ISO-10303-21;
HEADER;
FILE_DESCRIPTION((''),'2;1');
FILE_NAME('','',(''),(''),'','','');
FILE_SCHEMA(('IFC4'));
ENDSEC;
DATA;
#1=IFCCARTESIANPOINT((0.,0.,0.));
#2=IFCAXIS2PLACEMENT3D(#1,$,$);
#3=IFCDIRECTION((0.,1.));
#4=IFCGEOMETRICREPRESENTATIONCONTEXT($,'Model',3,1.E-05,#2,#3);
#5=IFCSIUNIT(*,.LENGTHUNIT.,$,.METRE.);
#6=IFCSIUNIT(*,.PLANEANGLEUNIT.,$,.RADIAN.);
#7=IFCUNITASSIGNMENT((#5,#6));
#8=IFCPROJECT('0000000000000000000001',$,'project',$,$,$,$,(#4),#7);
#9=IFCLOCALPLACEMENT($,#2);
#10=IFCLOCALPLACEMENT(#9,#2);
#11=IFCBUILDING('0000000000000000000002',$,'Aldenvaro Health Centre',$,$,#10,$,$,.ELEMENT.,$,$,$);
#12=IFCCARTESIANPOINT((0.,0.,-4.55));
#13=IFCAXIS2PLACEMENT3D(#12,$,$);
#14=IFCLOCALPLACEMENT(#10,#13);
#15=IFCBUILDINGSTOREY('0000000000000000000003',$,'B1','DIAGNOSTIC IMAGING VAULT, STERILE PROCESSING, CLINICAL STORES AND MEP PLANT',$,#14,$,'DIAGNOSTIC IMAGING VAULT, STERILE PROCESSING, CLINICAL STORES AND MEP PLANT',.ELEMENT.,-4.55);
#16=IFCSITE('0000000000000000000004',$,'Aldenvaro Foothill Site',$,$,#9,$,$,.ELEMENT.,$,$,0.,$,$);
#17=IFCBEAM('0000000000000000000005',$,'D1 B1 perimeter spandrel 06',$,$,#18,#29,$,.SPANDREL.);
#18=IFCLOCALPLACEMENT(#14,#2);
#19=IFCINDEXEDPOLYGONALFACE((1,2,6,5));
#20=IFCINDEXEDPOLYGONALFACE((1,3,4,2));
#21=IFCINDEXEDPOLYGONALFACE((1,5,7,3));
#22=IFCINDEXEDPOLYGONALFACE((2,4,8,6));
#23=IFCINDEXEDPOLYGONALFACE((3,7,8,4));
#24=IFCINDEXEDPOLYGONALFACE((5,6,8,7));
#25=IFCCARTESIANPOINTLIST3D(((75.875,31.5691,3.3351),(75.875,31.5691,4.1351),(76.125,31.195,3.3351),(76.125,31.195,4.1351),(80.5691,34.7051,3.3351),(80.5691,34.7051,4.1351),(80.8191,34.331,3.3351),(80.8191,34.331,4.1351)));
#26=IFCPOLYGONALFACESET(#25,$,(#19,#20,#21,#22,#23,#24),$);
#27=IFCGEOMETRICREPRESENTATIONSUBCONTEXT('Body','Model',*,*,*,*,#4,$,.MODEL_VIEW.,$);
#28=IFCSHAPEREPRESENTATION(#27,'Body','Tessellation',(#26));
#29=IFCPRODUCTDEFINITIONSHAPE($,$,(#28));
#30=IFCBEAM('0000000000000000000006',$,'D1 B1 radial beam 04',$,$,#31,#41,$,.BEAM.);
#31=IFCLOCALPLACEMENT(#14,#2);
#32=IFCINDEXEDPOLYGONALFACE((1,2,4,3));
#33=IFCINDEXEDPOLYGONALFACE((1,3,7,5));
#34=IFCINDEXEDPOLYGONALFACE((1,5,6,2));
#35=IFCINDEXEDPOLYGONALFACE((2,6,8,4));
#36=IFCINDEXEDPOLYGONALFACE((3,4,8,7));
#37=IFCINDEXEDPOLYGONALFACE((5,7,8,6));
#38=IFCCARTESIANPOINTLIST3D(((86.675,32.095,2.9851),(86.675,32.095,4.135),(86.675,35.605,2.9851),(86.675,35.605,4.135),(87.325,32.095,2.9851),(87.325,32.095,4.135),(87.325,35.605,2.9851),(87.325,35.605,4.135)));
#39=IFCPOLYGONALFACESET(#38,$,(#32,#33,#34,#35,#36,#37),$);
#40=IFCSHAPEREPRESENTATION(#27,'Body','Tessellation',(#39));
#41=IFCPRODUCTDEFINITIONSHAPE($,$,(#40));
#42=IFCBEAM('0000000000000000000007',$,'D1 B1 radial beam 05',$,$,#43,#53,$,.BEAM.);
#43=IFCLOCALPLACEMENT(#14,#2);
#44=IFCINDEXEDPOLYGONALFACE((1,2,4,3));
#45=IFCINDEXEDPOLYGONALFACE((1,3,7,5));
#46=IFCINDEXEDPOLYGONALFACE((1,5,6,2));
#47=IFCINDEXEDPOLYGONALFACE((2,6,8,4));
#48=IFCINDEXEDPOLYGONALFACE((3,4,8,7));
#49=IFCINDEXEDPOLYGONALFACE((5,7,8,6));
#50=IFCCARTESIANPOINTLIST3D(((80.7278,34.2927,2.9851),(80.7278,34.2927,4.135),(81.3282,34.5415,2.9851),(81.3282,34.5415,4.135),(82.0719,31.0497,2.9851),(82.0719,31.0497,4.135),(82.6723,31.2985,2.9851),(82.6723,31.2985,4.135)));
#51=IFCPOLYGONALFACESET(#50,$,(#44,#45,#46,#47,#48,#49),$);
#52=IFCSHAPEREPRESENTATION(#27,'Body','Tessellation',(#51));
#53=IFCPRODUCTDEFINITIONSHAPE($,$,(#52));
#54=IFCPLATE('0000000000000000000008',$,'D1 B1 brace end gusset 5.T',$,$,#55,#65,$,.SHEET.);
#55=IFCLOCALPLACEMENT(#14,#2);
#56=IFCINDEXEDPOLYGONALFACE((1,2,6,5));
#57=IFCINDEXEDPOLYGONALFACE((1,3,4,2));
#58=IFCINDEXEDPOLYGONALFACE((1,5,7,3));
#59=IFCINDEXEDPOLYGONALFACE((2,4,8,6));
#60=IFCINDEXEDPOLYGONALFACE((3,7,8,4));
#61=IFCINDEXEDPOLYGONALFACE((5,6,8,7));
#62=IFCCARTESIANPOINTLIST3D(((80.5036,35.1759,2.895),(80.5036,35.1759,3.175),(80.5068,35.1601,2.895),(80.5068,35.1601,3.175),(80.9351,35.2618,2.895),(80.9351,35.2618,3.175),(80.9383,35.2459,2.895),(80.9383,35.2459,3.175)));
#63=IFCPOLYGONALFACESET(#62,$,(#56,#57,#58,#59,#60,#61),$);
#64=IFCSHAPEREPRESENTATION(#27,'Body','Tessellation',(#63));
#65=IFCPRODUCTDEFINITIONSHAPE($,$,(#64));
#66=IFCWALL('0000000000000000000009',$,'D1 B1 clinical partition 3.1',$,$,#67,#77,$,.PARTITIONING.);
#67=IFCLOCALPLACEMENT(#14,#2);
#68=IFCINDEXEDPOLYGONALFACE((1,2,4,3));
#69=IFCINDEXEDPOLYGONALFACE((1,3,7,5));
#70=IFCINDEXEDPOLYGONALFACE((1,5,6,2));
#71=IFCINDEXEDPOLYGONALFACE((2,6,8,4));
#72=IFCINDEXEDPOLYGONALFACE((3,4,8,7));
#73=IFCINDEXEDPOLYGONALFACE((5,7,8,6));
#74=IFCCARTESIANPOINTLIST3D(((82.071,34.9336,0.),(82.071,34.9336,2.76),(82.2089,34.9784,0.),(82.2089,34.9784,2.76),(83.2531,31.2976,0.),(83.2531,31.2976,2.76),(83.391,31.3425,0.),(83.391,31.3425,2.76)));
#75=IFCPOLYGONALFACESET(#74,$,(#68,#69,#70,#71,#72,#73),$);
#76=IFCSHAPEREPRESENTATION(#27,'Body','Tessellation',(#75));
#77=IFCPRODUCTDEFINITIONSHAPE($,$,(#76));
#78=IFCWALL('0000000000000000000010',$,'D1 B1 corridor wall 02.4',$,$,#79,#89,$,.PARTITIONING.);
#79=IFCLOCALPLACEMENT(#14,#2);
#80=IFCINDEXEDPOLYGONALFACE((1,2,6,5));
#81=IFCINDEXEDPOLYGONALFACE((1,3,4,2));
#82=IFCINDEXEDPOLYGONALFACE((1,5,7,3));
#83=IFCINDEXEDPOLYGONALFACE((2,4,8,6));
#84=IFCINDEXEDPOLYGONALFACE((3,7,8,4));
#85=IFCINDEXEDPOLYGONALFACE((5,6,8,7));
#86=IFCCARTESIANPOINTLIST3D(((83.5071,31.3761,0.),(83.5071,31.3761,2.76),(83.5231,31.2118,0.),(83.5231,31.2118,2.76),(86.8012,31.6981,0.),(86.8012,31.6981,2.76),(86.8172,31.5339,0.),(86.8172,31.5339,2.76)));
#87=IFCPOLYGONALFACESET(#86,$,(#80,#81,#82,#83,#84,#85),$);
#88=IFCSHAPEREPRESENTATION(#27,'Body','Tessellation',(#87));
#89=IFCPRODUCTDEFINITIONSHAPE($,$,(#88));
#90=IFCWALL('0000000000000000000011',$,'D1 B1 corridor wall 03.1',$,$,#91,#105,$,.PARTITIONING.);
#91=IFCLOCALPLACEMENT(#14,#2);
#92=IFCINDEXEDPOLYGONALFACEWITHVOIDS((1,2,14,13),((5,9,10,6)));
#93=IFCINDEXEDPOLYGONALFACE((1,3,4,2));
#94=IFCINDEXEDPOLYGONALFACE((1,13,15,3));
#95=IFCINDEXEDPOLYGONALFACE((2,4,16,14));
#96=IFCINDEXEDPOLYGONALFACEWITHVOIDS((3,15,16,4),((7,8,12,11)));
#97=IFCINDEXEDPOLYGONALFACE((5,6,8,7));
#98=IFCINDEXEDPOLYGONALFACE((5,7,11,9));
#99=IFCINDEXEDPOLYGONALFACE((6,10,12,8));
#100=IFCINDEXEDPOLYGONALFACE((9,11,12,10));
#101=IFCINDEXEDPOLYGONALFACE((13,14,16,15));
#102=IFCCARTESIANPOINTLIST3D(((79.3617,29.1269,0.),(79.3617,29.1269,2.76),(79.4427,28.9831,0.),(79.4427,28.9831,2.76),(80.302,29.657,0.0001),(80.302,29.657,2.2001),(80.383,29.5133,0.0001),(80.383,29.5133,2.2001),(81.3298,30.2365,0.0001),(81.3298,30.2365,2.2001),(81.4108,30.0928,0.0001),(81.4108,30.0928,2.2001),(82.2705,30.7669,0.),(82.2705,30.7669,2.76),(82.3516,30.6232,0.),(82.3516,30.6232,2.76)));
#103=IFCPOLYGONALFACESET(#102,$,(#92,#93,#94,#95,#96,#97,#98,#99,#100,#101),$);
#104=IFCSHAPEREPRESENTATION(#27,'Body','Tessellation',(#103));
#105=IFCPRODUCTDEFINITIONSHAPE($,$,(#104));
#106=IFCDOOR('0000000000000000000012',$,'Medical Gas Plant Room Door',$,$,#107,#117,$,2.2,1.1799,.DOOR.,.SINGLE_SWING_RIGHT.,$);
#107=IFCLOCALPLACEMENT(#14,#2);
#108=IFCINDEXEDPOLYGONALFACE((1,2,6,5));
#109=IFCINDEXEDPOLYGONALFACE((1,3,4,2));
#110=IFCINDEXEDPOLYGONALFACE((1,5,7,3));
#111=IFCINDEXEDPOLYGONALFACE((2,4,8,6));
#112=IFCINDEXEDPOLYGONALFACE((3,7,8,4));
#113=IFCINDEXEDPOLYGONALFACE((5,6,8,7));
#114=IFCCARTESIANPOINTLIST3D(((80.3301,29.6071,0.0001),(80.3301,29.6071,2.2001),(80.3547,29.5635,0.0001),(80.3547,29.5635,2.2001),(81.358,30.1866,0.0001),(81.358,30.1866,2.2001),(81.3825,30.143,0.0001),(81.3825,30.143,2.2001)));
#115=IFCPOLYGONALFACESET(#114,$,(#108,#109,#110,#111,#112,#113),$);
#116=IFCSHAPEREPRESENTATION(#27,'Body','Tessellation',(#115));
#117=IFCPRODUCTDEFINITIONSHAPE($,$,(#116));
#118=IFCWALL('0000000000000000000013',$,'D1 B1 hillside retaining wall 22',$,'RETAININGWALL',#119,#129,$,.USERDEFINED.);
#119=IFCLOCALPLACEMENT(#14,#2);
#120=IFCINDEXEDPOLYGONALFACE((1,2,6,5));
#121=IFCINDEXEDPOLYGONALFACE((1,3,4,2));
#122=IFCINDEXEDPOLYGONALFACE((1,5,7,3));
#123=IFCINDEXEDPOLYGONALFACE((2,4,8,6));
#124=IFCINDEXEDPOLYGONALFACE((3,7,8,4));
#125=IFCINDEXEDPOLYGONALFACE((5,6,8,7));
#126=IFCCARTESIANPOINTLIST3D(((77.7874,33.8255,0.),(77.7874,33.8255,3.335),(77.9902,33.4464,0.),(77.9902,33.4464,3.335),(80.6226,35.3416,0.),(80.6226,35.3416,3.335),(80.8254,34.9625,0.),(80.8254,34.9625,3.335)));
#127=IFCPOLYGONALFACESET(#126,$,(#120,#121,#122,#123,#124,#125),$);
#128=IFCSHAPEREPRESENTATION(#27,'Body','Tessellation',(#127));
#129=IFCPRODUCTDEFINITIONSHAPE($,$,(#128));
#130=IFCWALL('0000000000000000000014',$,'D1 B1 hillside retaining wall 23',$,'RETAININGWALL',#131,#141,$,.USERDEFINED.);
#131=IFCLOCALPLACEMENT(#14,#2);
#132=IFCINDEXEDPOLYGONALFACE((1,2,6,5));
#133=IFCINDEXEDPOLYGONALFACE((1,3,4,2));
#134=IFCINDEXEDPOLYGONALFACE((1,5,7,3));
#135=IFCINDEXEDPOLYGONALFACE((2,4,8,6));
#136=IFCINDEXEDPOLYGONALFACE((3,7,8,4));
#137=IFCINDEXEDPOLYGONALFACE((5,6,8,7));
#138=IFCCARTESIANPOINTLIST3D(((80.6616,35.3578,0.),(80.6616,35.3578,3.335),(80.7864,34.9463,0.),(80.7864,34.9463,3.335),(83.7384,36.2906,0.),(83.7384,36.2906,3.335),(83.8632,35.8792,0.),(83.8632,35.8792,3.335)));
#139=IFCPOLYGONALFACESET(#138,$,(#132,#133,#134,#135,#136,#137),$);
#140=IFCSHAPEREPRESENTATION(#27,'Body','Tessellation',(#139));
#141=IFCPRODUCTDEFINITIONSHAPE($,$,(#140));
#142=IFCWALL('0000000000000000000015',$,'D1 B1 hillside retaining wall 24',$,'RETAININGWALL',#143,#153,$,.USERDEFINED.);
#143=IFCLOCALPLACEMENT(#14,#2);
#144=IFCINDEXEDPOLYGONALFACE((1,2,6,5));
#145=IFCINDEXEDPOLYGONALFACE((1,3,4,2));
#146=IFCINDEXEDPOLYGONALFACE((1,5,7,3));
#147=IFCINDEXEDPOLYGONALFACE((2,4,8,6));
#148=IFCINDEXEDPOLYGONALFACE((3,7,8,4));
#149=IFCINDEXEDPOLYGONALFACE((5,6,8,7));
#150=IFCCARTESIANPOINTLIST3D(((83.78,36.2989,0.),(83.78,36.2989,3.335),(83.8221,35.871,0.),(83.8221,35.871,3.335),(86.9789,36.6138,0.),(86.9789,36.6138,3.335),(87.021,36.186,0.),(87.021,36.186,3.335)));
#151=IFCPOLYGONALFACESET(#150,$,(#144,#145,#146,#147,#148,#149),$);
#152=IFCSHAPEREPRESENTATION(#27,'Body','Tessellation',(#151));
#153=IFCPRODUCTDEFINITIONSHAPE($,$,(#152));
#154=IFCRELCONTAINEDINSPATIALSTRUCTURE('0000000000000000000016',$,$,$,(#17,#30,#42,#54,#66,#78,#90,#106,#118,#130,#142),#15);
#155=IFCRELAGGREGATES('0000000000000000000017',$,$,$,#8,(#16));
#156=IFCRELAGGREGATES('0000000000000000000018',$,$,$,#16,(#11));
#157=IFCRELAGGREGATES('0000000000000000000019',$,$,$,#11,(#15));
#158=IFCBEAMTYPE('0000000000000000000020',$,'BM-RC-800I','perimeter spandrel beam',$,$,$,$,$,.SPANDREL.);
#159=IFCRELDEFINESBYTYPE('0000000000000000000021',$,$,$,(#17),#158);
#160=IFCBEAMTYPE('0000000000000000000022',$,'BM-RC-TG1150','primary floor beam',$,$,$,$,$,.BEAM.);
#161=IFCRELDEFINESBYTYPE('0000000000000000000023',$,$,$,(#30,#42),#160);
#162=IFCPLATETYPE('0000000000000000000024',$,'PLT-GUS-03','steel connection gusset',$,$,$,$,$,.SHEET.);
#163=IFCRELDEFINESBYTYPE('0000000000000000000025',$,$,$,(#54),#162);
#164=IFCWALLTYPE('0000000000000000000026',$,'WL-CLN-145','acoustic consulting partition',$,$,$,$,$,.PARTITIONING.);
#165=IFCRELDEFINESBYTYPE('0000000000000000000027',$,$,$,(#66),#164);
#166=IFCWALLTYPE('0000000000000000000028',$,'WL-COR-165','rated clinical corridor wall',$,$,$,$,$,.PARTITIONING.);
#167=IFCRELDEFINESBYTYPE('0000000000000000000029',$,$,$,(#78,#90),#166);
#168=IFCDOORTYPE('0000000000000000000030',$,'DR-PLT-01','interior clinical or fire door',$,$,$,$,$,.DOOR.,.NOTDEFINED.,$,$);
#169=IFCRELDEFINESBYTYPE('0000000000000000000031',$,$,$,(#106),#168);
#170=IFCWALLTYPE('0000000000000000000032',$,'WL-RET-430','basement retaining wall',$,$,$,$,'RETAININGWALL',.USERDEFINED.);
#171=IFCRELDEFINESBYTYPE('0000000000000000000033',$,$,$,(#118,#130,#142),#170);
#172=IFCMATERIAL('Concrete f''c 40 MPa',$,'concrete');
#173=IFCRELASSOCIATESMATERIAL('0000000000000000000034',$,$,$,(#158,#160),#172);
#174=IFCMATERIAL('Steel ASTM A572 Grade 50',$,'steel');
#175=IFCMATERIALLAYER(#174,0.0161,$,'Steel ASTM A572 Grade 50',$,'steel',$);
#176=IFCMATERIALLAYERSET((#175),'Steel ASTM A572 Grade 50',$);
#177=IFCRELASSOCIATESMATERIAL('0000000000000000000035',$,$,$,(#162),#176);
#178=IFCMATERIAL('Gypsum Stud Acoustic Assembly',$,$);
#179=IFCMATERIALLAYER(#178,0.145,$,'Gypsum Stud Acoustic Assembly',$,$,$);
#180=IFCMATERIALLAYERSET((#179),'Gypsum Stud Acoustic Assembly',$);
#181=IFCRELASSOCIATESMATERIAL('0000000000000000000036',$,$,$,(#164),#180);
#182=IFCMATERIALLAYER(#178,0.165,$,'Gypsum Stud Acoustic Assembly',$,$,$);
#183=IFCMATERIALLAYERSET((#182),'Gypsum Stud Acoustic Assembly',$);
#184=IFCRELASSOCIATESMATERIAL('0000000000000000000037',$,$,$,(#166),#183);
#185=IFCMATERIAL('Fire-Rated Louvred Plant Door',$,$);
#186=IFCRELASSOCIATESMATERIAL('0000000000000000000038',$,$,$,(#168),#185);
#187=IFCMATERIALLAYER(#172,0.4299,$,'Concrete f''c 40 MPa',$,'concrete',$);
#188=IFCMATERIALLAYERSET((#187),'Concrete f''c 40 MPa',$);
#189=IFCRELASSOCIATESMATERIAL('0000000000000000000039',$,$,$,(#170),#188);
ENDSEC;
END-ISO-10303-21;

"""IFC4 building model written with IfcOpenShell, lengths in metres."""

from ifc_helpers import new_model, si_unit, direction, frame, frame_2d, origin, origin_2d, place, context, subcontext, project, spatial, rectangle, extrude, material, layer, layer_set, material_profile, profile_set, type_object, element, fill, save


model = new_model("IFC4")

# Units and contexts
model_context = context("Model", 3, precision=1e-05, world=origin(), true_north=direction((0.0, 1.0)))
body_context = subcontext(model_context, "Body", "Model", "MODEL_VIEW")
ifc_project = project(units=[si_unit("LENGTHUNIT", "METRE"), si_unit("PLANEANGLEUNIT", "RADIAN")], contexts=[model_context])

# Site, building, storey
site_placement = place(None, origin())
site = spatial("IfcSite", under=ifc_project, at=site_placement, Name="Aldenvaro Foothill Site", CompositionType="ELEMENT", RefElevation=0.0)
building_placement = place(site_placement, origin())
building = spatial("IfcBuilding", under=site, at=building_placement, Name="Aldenvaro Health Centre", CompositionType="ELEMENT")
storey_placement = place(building_placement, frame((0.0, 0.0, -4.55)))
storey = spatial("IfcBuildingStorey", under=building, at=storey_placement, Name="B1", Description="DIAGNOSTIC IMAGING VAULT, STERILE PROCESSING, CLINICAL STORES AND MEP PLANT", LongName="DIAGNOSTIC IMAGING VAULT, STERILE PROCESSING, CLINICAL STORES AND MEP PLANT", CompositionType="ELEMENT", Elevation=-4.55)

# Shared definitions
ifc_material_1 = material(Name="Concrete f'c 40 MPa", Category="concrete")

# Beams
ifc_material_profile_1 = material_profile(ifc_material_1, rectangle(XDim=0.45, YDim=0.8, at=origin_2d()), Name="RC 450x800", Category="concrete")
ifc_profile_set_1 = profile_set([ifc_material_profile_1], Name="Concrete f'c 40 MPa")
beam_type_1 = type_object("IfcBeamType", Name="BM-RC-800I", Description="perimeter spandrel beam", PredefinedType="SPANDREL", material=ifc_profile_set_1)
for number, where, z_axis, x_axis, name in (
    (1, (80.6941, 34.5181, 3.7351), (-0.831511, -0.555508, 0.0), (0.555508, -0.831511, 0.0), "D1 B1 perimeter spandrel 06"),
):
    element("IfcBeam", number, at=place(storey_placement, frame(where, z_axis=z_axis, x_axis=x_axis)), inside=storey, type_object=beam_type_1, Name=name, PredefinedType="SPANDREL", context=body_context, shape_type="SweptSolid", body=[
        extrude(rectangle(XDim=0.45, YDim=0.8, at=origin_2d()), origin(), (0.0, 0.0, 1.0), 5.6453),
    ])
ifc_material_profile_2 = material_profile(ifc_material_1, rectangle(XDim=0.6499, YDim=1.1499, at=origin_2d()), Name="RC 650x1150", Category="concrete")
ifc_profile_set_2 = profile_set([ifc_material_profile_2], Name="Concrete f'c 40 MPa")
beam_type_2 = type_object("IfcBeamType", Name="BM-RC-TG1150", Description="primary floor beam", PredefinedType="BEAM", material=ifc_profile_set_2)
beam_1_placement = place(storey_placement, frame((87.0, 32.095, 3.5601), z_axis=(0.0, 1.0, 0.0), x_axis=(-1.0, 0.0, 0.0)))
element("IfcBeam", 2, at=beam_1_placement, inside=storey, type_object=beam_type_2, Name="D1 B1 radial beam 04", PredefinedType="BEAM", context=body_context, shape_type="SweptSolid", body=[
    extrude(rectangle(XDim=0.6499, YDim=1.1499, at=origin_2d()), origin(), (0.0, 0.0, 1.0), 3.51),
])
beam_2_placement = place(storey_placement, frame((82.3721, 31.1741, 3.5601), z_axis=(-0.382862, 0.923806, 0.0), x_axis=(-0.923806, -0.382862, 0.0)))
element("IfcBeam", 3, at=beam_2_placement, inside=storey, type_object=beam_type_2, Name="D1 B1 radial beam 05", PredefinedType="BEAM", context=body_context, shape_type="SweptSolid", body=[
    extrude(rectangle(XDim=0.6499, YDim=1.1499, at=origin_2d()), origin(), (0.0, 0.0, 1.0), 3.5105),
])

# Plate
ifc_material_2 = material(Name="Steel ASTM A572 Grade 50", Category="steel")
ifc_layer_1 = layer(ifc_material_2, 0.0161, Name="Steel ASTM A572 Grade 50", Category="steel")
ifc_layer_set_1 = layer_set([ifc_layer_1], Name="Steel ASTM A572 Grade 50")
plate_type = type_object("IfcPlateType", Name="PLT-GUS-03", Description="steel connection gusset", PredefinedType="SHEET", material=ifc_layer_set_1)
plate_placement = place(storey_placement, frame((80.7209, 35.2109, 2.895), z_axis=(0.0, 0.0, 1.0), x_axis=(-0.980785, -0.19509, 0.0)))
element("IfcPlate", 4, at=plate_placement, inside=storey, type_object=plate_type, Name="D1 B1 brace end gusset 5.T", PredefinedType="SHEET", context=body_context, shape_type="SweptSolid", body=[
    extrude(rectangle(XDim=0.4399, YDim=0.0161, at=origin_2d()), origin(), (0.0, 0.0, 1.0), 0.28),
])

# Walls
ifc_material_3 = material(Name="Gypsum Stud Acoustic Assembly")
ifc_layer_2 = layer(ifc_material_3, 0.145, Name="Gypsum Stud Acoustic Assembly")
ifc_layer_set_2 = layer_set([ifc_layer_2], Name="Gypsum Stud Acoustic Assembly")
wall_type_1 = type_object("IfcWallType", Name="WL-CLN-145", Description="acoustic consulting partition", PredefinedType="PARTITIONING", material=ifc_layer_set_2)
wall_1_placement = place(storey_placement, frame((83.322, 31.3201, 0.0), z_axis=(0.0, 0.0, 1.0), x_axis=(-0.309189, 0.951001, 0.0)))
element("IfcWall", 5, at=wall_1_placement, inside=storey, type_object=wall_type_1, Name="D1 B1 clinical partition 3.1", PredefinedType="PARTITIONING", context=body_context, shape_type="SweptSolid", body=[
    extrude(rectangle(XDim=3.8232, YDim=0.145, at=frame_2d((1.9116, 0.0))), origin(), (0.0, 0.0, 1.0), 2.76),
])
ifc_layer_3 = layer(ifc_material_3, 0.165, Name="Gypsum Stud Acoustic Assembly")
ifc_layer_set_3 = layer_set([ifc_layer_3], Name="Gypsum Stud Acoustic Assembly")
wall_type_2 = type_object("IfcWallType", Name="WL-COR-165", Description="rated clinical corridor wall", PredefinedType="PARTITIONING", material=ifc_layer_set_3)
wall_2_placement = place(storey_placement, frame((86.8091, 31.616, 0.0), z_axis=(0.0, 0.0, 1.0), x_axis=(-0.995256, -0.097291, 0.0)))
element("IfcWall", 6, at=wall_2_placement, inside=storey, type_object=wall_type_2, Name="D1 B1 corridor wall 02.4", PredefinedType="PARTITIONING", context=body_context, shape_type="SweptSolid", body=[
    extrude(rectangle(XDim=3.3098, YDim=0.165, at=frame_2d((1.6548, 0.0))), origin(), (0.0, 0.0, 1.0), 2.76),
])

# Wall, opening, door
wall_3_placement = place(storey_placement, frame((82.311, 30.6951, 0.0), z_axis=(0.0, 0.0, 1.0), x_axis=(-0.871081, -0.491139, 0.0)))
wall_3 = element("IfcWall", 7, at=wall_3_placement, inside=storey, type_object=wall_type_2, Name="D1 B1 corridor wall 03.1", PredefinedType="PARTITIONING", context=body_context, shape_type="SweptSolid", body=[
    extrude(rectangle(XDim=3.3394, YDim=0.165, at=frame_2d((1.6697, 0.0))), origin(), (0.0, 0.0, 1.0), 2.76),
])
opening_placement = place(wall_3_placement, frame((1.0801, 0.0, 0.0)))
opening = element("IfcOpeningElement", 8, at=opening_placement, cuts=wall_3, PredefinedType="OPENING", context=body_context, shape_type="SweptSolid", body=[
    extrude(rectangle(XDim=1.1799, YDim=2.2, at=frame_2d((0.5898, 1.1001))), frame((0.0, 0.0925, 0.0), z_axis=(0.0, -1.0, 0.0), x_axis=(1.0, 0.0, 0.0)), (0.0, 0.0, 1.0), 0.1851),
])
ifc_material_4 = material(Name="Fire-Rated Louvred Plant Door")
door_type = type_object("IfcDoorType", Name="DR-PLT-01", Description="interior clinical or fire door", OperationType="NOTDEFINED", PredefinedType="DOOR", material=ifc_material_4)
door_placement = place(opening_placement, origin())
door = element("IfcDoor", 9, at=door_placement, inside=storey, type_object=door_type, Name="Medical Gas Plant Room Door", OperationType="SINGLE_SWING_RIGHT", OverallHeight=2.2, OverallWidth=1.1799, PredefinedType="DOOR", context=body_context, shape_type="SweptSolid", body=[
    extrude(rectangle(XDim=1.1799, YDim=2.2, at=frame_2d((0.5898, 1.1001))), frame((0.0, 0.0249, 0.0), z_axis=(0.0, -1.0, 0.0), x_axis=(1.0, 0.0, 0.0)), (0.0, 0.0, 1.0), 0.05),
])
fill(opening, door)

# Walls
ifc_layer_4 = layer(ifc_material_1, 0.4299, Name="Concrete f'c 40 MPa", Category="concrete")
ifc_layer_set_4 = layer_set([ifc_layer_4], Name="Concrete f'c 40 MPa")
wall_type_3 = type_object("IfcWallType", Name="WL-RET-430", Description="basement retaining wall", ElementType="RETAININGWALL", PredefinedType="USERDEFINED", material=ifc_layer_set_4)
for number, where, z_axis, x_axis, name in (
    (10, (77.8889, 33.636, 0.0), (0.0, 0.0, 1.0), (0.881835, 0.471558, 0.0), "D1 B1 hillside retaining wall 22"),
    (11, (80.7241, 35.1521, 0.0), (0.0, 0.0, 1.0), (0.956984, 0.29014, 0.0), "D1 B1 hillside retaining wall 23"),
):
    element("IfcWall", number, at=place(storey_placement, frame(where, z_axis=z_axis, x_axis=x_axis)), inside=storey, type_object=wall_type_3, Name=name, ObjectType="RETAININGWALL", PredefinedType="USERDEFINED", context=body_context, shape_type="SweptSolid", body=[
        extrude(rectangle(XDim=3.2151, YDim=0.4299, at=frame_2d((1.6074, 0.0))), origin(), (0.0, 0.0, 1.0), 3.335),
    ])
wall_4_placement = place(storey_placement, frame((83.801, 36.085, 0.0), z_axis=(0.0, 0.0, 1.0), x_axis=(0.995189, 0.097977, 0.0)))
element("IfcWall", 12, at=wall_4_placement, inside=storey, type_object=wall_type_3, Name="D1 B1 hillside retaining wall 24", ObjectType="RETAININGWALL", PredefinedType="USERDEFINED", context=body_context, shape_type="SweptSolid", body=[
    extrude(rectangle(XDim=3.2144, YDim=0.4299, at=frame_2d((1.6072, 0.0))), origin(), (0.0, 0.0, 1.0), 3.335),
])

save(model, "model.ifc")
